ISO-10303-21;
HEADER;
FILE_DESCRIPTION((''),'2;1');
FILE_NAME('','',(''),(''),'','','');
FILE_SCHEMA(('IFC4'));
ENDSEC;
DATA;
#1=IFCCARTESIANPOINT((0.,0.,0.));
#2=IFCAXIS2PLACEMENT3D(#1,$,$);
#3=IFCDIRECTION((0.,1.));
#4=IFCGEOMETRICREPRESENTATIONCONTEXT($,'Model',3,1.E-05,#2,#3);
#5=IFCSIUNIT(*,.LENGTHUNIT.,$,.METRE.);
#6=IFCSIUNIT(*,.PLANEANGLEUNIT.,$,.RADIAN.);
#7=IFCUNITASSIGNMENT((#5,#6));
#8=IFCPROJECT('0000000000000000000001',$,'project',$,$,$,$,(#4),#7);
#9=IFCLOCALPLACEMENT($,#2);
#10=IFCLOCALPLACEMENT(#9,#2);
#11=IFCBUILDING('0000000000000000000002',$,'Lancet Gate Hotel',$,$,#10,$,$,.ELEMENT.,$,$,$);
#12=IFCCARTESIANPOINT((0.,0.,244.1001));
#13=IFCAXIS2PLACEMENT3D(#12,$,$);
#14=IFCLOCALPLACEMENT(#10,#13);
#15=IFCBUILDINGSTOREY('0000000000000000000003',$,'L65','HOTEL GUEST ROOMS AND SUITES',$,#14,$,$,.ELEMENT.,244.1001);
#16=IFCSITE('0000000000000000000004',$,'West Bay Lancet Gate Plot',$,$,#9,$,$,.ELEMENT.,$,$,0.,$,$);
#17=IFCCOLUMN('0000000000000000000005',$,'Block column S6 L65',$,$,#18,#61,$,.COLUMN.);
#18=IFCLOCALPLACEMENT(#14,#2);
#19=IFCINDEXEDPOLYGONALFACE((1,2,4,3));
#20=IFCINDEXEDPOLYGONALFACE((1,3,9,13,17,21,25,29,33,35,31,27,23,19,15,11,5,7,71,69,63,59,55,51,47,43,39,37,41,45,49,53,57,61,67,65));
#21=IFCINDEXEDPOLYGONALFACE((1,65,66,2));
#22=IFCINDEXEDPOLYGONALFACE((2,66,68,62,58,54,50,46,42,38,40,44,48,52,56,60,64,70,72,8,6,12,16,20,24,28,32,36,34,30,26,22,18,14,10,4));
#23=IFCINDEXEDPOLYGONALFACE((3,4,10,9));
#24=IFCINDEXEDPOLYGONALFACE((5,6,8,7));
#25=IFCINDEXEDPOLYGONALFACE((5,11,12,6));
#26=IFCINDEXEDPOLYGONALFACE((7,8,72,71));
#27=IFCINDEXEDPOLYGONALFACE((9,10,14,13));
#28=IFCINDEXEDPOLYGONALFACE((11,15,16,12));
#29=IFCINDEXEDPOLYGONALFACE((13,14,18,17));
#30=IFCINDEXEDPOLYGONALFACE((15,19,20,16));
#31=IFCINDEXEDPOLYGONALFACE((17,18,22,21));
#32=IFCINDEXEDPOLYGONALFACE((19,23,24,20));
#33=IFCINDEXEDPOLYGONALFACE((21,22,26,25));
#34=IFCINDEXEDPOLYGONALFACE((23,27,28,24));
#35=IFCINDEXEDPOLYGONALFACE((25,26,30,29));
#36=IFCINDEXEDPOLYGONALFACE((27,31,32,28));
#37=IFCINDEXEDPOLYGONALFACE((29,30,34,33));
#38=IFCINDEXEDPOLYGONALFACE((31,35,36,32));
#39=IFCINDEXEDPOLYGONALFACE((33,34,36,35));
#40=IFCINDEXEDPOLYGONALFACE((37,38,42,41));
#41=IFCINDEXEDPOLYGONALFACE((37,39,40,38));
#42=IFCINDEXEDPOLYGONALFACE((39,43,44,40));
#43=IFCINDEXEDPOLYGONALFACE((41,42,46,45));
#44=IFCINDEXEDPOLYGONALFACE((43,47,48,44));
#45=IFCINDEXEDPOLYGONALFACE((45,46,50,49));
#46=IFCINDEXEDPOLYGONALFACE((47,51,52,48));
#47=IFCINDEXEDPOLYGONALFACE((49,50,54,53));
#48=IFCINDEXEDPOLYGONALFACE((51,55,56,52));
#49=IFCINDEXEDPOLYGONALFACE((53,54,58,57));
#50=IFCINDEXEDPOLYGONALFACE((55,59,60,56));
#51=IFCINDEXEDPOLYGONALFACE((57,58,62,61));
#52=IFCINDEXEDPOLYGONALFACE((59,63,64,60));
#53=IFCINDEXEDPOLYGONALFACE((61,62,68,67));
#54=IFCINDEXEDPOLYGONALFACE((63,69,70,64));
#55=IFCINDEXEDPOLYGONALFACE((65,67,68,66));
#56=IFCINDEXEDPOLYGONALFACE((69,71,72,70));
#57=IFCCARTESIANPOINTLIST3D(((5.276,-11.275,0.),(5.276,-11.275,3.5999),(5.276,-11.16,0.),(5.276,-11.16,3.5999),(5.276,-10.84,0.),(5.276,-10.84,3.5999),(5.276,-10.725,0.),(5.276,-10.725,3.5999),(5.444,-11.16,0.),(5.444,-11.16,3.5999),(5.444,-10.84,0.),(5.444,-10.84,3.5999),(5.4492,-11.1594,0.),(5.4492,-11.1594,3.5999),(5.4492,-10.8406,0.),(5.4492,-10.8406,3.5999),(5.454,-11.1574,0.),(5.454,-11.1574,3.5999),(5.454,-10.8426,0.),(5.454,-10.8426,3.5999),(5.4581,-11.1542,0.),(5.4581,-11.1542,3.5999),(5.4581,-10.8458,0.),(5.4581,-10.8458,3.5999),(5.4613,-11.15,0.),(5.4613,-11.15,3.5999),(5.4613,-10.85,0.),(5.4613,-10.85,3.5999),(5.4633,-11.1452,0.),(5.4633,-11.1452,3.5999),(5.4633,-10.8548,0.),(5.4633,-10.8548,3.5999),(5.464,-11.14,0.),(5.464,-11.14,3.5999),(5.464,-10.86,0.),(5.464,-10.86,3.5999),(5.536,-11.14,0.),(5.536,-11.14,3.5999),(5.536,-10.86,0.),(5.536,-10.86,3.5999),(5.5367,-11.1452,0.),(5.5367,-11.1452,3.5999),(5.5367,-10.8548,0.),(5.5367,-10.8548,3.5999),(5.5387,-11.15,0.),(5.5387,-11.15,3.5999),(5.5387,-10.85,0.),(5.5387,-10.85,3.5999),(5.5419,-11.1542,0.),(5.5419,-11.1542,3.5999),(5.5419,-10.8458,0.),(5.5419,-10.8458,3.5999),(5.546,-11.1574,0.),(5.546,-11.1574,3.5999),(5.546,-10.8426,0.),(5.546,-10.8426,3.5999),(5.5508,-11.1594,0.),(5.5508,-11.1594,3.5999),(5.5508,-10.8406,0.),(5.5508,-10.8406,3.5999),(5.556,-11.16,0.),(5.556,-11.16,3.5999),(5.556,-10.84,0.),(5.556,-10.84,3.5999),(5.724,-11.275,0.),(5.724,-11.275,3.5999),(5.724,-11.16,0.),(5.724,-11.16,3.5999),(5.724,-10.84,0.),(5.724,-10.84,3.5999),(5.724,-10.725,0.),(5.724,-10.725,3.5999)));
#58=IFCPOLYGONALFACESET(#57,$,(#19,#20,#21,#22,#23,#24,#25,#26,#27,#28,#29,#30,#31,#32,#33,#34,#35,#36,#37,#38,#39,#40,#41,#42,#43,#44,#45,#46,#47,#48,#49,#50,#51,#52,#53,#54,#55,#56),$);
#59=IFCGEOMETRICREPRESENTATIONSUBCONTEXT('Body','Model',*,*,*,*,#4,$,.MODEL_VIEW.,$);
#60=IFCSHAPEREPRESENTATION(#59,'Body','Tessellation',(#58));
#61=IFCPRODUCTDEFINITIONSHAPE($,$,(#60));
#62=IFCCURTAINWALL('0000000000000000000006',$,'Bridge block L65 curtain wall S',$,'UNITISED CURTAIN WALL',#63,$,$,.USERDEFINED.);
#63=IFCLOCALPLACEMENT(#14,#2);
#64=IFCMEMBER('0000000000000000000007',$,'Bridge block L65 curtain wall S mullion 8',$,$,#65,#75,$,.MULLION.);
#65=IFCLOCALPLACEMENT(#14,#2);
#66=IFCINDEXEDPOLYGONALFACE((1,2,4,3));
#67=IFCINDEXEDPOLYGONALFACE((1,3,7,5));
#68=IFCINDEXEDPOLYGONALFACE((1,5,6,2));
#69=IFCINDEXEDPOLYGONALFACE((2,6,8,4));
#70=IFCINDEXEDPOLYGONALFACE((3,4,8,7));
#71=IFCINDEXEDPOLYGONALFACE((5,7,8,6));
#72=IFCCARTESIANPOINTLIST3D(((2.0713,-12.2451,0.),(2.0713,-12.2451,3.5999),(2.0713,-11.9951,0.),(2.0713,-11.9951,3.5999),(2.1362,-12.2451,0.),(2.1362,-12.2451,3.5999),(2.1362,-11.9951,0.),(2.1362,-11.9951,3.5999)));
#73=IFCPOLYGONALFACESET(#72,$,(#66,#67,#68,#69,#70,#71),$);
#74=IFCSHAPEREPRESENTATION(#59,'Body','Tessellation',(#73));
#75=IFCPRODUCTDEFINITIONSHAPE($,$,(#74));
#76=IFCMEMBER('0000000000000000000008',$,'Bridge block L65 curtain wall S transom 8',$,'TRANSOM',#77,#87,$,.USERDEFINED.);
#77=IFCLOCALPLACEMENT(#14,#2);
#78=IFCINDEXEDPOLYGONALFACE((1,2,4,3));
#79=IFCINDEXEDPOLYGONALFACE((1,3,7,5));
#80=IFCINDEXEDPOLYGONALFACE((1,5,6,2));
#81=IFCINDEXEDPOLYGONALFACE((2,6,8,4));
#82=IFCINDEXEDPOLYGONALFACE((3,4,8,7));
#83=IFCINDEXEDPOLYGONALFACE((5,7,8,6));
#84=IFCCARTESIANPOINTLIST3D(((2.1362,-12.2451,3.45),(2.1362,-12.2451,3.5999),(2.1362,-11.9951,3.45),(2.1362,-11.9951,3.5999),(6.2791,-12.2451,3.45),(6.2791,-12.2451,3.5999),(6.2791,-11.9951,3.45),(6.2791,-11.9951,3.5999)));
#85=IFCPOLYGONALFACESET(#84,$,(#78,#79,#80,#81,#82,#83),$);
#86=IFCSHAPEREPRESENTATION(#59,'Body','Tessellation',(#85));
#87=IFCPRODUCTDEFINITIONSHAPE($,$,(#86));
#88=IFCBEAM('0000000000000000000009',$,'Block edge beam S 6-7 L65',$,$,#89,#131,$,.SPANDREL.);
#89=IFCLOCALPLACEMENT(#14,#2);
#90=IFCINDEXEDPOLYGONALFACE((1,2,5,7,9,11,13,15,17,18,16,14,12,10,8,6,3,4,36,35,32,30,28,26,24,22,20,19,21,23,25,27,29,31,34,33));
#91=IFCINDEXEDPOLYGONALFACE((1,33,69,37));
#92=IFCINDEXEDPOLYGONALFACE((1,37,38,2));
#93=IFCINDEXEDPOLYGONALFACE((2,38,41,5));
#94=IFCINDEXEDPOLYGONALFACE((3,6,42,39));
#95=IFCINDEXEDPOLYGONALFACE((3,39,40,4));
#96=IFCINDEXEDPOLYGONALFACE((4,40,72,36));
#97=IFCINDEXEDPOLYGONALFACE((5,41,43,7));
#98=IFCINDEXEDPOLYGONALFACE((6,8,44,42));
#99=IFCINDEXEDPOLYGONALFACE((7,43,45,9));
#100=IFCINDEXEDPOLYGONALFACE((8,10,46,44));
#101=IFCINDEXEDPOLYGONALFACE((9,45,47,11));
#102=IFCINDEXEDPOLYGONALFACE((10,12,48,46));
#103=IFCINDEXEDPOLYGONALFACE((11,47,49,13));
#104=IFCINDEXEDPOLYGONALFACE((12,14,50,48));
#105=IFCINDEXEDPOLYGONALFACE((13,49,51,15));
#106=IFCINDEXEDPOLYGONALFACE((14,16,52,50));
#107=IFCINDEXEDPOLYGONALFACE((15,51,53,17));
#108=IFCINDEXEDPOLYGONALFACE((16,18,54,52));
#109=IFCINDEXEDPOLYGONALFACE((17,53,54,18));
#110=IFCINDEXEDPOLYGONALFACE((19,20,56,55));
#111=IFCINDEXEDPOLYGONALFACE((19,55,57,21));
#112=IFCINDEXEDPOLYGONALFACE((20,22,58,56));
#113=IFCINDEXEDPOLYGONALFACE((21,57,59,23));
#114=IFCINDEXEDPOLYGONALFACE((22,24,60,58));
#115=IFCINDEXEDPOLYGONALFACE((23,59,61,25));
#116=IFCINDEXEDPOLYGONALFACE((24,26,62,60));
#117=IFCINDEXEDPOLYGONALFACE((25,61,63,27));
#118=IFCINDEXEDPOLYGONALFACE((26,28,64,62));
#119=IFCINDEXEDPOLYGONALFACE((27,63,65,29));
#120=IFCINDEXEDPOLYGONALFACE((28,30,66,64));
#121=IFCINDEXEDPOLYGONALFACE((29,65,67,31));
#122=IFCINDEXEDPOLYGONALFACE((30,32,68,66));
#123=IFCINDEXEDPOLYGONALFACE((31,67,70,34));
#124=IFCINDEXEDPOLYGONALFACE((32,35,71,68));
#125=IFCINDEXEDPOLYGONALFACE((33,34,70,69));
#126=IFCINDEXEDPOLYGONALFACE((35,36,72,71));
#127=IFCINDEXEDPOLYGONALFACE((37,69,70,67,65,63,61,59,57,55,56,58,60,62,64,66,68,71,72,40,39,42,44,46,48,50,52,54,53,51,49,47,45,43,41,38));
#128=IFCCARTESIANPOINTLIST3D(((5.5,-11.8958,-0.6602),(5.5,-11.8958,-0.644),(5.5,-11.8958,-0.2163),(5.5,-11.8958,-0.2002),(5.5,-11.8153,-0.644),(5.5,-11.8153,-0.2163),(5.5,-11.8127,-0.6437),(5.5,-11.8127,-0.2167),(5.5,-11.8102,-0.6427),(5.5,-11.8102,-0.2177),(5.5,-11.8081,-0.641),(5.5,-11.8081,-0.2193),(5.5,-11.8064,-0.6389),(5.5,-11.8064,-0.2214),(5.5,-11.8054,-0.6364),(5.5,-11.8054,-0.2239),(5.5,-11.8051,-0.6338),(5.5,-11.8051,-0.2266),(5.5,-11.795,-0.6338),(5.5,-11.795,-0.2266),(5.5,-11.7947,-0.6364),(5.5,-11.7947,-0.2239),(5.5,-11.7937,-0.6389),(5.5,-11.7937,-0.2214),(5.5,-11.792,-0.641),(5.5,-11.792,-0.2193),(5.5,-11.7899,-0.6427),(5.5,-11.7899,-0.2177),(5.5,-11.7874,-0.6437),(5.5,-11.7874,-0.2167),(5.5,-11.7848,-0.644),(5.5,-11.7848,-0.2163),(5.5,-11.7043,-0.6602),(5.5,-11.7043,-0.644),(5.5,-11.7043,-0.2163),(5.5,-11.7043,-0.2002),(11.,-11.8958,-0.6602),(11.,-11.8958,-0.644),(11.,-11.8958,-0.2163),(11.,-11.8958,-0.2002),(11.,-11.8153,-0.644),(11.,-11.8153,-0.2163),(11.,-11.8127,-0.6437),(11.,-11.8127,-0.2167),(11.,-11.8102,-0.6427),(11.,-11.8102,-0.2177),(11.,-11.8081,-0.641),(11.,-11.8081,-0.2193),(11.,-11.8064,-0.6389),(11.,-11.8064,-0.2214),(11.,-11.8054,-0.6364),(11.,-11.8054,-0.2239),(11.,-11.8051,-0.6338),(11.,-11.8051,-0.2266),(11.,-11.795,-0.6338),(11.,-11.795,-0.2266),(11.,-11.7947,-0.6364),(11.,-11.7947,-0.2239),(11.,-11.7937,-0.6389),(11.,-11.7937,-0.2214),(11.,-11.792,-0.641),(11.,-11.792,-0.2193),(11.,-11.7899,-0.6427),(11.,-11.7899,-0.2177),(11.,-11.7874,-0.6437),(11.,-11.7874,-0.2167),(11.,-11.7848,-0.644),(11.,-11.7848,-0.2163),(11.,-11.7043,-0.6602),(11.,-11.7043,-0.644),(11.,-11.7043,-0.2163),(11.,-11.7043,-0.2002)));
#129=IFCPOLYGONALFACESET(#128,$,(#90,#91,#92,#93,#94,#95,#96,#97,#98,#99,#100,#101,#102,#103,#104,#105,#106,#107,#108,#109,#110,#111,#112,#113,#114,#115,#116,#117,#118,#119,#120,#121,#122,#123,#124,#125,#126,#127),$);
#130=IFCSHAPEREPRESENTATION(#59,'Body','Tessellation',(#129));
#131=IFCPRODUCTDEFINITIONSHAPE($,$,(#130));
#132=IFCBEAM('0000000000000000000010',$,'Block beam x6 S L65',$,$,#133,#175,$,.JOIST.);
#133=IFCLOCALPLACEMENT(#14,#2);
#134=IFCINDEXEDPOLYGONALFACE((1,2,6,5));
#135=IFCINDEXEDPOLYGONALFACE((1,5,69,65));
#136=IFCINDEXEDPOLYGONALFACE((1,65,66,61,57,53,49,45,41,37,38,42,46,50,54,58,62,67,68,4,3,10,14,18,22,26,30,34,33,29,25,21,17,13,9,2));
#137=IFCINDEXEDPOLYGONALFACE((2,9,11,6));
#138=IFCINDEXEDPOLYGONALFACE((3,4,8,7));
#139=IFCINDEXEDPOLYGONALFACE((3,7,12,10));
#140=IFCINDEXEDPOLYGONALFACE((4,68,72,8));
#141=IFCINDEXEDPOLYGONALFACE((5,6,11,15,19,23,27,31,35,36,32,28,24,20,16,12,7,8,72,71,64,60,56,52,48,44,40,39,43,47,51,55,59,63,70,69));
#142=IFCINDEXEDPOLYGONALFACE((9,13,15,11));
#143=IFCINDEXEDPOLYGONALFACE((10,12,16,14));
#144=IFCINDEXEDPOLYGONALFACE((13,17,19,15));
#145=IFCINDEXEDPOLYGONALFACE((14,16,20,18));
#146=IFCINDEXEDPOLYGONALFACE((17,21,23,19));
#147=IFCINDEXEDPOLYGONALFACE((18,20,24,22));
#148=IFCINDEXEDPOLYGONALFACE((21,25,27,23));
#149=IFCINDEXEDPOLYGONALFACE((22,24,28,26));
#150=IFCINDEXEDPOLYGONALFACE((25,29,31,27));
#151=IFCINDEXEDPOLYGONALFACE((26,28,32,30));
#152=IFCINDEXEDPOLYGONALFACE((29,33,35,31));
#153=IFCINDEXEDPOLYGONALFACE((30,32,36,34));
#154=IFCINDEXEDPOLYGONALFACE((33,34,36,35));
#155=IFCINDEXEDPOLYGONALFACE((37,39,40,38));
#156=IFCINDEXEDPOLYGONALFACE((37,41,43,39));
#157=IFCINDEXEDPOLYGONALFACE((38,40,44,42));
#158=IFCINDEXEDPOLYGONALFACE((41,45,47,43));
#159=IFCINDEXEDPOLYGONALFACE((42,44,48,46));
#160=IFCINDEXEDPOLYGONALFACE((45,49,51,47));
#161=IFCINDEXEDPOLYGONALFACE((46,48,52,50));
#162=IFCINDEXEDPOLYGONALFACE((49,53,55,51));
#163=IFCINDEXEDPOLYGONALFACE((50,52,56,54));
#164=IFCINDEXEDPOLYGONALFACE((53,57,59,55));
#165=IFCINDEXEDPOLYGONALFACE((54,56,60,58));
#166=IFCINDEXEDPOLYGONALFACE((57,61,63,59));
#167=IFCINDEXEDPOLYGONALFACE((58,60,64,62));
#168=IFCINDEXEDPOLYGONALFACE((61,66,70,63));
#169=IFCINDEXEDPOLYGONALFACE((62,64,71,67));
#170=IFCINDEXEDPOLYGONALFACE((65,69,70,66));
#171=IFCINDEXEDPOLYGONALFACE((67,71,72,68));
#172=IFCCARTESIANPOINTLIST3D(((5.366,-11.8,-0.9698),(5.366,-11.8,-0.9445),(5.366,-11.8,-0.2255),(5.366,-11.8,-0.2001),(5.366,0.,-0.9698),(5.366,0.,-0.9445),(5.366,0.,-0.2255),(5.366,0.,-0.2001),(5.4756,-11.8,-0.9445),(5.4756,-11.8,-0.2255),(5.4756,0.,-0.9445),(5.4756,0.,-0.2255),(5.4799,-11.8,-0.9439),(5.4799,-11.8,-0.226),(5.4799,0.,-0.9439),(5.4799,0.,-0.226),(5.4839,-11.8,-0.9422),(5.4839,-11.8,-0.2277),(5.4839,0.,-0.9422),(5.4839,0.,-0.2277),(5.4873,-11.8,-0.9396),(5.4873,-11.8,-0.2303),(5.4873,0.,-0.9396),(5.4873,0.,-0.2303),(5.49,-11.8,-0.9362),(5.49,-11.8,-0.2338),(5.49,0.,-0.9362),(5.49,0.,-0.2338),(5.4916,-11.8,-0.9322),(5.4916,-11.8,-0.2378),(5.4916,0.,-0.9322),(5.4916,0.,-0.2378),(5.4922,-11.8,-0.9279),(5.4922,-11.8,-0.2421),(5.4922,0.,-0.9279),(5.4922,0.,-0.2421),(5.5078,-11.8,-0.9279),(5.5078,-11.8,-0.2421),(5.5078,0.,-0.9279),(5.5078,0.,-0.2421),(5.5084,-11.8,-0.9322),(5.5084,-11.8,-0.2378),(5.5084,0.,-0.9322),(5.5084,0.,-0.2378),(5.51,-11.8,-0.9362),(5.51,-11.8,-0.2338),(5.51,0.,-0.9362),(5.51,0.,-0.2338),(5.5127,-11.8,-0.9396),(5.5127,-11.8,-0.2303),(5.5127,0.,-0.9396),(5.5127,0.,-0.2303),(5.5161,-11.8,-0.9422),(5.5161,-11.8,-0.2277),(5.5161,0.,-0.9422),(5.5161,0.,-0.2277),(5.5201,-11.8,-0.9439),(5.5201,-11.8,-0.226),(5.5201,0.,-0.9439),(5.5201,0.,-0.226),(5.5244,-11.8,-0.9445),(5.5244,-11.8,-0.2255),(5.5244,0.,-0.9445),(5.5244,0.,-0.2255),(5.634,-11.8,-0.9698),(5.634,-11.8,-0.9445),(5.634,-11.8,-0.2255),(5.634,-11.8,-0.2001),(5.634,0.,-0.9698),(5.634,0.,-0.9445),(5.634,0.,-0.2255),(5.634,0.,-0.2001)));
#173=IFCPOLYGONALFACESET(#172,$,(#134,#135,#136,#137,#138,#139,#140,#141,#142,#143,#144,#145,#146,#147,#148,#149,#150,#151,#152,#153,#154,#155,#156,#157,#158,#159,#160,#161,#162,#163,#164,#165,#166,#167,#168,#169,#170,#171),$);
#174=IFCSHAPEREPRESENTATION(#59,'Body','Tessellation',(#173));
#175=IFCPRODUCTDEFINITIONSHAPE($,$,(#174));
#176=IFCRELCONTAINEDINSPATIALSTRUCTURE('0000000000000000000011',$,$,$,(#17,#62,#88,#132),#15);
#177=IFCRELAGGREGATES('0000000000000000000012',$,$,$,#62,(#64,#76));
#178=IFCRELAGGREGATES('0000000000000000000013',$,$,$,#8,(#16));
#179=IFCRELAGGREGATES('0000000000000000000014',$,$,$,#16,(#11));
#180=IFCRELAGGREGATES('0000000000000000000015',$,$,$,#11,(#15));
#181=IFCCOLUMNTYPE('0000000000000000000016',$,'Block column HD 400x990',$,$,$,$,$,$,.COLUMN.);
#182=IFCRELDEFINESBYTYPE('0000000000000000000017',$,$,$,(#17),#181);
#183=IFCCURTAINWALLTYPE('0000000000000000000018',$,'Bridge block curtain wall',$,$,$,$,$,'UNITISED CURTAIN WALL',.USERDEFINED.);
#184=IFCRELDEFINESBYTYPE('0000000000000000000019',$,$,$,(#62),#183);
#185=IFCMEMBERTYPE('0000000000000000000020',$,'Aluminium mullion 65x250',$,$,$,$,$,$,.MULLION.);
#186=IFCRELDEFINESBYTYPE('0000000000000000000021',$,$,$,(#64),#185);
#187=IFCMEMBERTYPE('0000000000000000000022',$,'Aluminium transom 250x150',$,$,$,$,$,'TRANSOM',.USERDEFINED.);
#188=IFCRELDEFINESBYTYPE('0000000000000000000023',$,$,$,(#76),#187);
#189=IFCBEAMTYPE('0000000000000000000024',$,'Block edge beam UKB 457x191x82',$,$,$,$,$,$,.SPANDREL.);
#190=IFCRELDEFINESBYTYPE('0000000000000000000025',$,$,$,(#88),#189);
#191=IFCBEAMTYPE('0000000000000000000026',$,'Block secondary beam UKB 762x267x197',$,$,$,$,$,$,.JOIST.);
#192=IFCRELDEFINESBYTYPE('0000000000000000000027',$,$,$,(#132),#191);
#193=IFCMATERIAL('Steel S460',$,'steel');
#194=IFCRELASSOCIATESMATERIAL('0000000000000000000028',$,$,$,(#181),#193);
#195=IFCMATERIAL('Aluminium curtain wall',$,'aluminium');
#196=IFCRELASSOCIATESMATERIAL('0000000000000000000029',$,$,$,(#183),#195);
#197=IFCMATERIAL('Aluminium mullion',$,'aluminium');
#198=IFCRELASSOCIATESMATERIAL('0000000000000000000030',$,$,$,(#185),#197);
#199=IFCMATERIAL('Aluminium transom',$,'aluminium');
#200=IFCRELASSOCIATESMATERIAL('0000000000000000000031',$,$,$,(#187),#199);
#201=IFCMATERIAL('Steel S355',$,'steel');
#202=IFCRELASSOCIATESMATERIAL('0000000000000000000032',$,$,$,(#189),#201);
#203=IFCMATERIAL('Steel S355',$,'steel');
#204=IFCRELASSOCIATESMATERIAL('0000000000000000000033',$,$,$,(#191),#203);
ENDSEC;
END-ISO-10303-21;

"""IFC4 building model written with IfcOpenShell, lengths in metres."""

from ifc_helpers import new_model, si_unit, direction, frame, origin, origin_2d, place, context, subcontext, project, spatial, rectangle, i_section, extrude, material, material_profile, profile_set, type_object, element, aggregate, save


model = new_model("IFC4")

# Units and contexts
model_context = context("Model", 3, precision=1e-05, world=origin(), true_north=direction((0.0, 1.0)))
body_context = subcontext(model_context, "Body", "Model", "MODEL_VIEW")
ifc_project = project(units=[si_unit("LENGTHUNIT", "METRE"), si_unit("PLANEANGLEUNIT", "RADIAN")], contexts=[model_context])

# Site, building, storey
site_placement = place(None, origin())
site = spatial("IfcSite", under=ifc_project, at=site_placement, Name="West Bay Lancet Gate Plot", CompositionType="ELEMENT", RefElevation=0.0)
building_placement = place(site_placement, origin())
building = spatial("IfcBuilding", under=site, at=building_placement, Name="Lancet Gate Hotel", CompositionType="ELEMENT")
storey_placement = place(building_placement, frame((0.0, 0.0, 244.1001)))
storey = spatial("IfcBuildingStorey", under=building, at=storey_placement, Name="L65", Description="HOTEL GUEST ROOMS AND SUITES", CompositionType="ELEMENT", Elevation=244.1001)

# Column
ifc_material_1 = material(Name="Steel S460", Category="steel")
ifc_material_profile_1 = material_profile(ifc_material_1, i_section(OverallWidth=0.448, OverallDepth=0.55, WebThickness=0.072, FlangeThickness=0.115, FilletRadius=0.02, at=origin_2d()), Name="HD 400x990")
ifc_profile_set_1 = profile_set([ifc_material_profile_1], Name="Steel S460")
column_type = type_object("IfcColumnType", Name="Block column HD 400x990", PredefinedType="COLUMN", material=ifc_profile_set_1)
column_placement = place(storey_placement, frame((5.5, -11.0, 0.0), z_axis=(0.0, 0.0, 1.0), x_axis=(1.0, 0.0, 0.0)))
element("IfcColumn", 1, at=column_placement, inside=storey, type_object=column_type, Name="Block column S6 L65", PredefinedType="COLUMN", context=body_context, shape_type="SweptSolid", body=[
    extrude(i_section(OverallWidth=0.448, OverallDepth=0.55, WebThickness=0.072, FlangeThickness=0.115, FilletRadius=0.02, at=origin_2d()), origin(), (0.0, 0.0, 1.0), 3.5999),
])

# Curtain wall, members
ifc_material_2 = material(Name="Aluminium curtain wall", Category="aluminium")
curtain_wall_type = type_object("IfcCurtainWallType", Name="Bridge block curtain wall", ElementType="UNITISED CURTAIN WALL", PredefinedType="USERDEFINED", material=ifc_material_2)
curtain_wall_placement = place(storey_placement, origin())
curtain_wall = element("IfcCurtainWall", 2, at=curtain_wall_placement, inside=storey, type_object=curtain_wall_type, Name="Bridge block L65 curtain wall S", ObjectType="UNITISED CURTAIN WALL", PredefinedType="USERDEFINED")
ifc_material_3 = material(Name="Aluminium mullion", Category="aluminium")
ifc_material_profile_2 = material_profile(ifc_material_3, rectangle(XDim=0.0649, YDim=0.25, at=origin_2d()), Name="MULLION 65x250")
ifc_profile_set_2 = profile_set([ifc_material_profile_2], Name="Aluminium mullion")
member_type_1 = type_object("IfcMemberType", Name="Aluminium mullion 65x250", PredefinedType="MULLION", material=ifc_profile_set_2)
member_1_placement = place(storey_placement, frame((2.1038, -12.1201, 0.0), z_axis=(0.0, 0.0, 1.0), x_axis=(1.0, 0.0, 0.0)))
member_1 = element("IfcMember", 3, at=member_1_placement, type_object=member_type_1, Name="Bridge block L65 curtain wall S mullion 8", PredefinedType="MULLION", context=body_context, shape_type="SweptSolid", body=[
    extrude(rectangle(XDim=0.0649, YDim=0.25, at=origin_2d()), origin(), (0.0, 0.0, 1.0), 3.5999),
])
ifc_material_4 = material(Name="Aluminium transom", Category="aluminium")
ifc_material_profile_3 = material_profile(ifc_material_4, rectangle(XDim=0.25, YDim=0.1499, at=origin_2d()), Name="TRANSOM 250x150")
ifc_profile_set_3 = profile_set([ifc_material_profile_3], Name="Aluminium transom")
member_type_2 = type_object("IfcMemberType", Name="Aluminium transom 250x150", ElementType="TRANSOM", PredefinedType="USERDEFINED", material=ifc_profile_set_3)
member_2_placement = place(storey_placement, frame((2.1362, -12.1201, 3.5249), z_axis=(1.0, 0.0, 0.0), x_axis=(0.0, 1.0, 0.0)))
member_2 = element("IfcMember", 4, at=member_2_placement, type_object=member_type_2, Name="Bridge block L65 curtain wall S transom 8", ObjectType="TRANSOM", PredefinedType="USERDEFINED", context=body_context, shape_type="SweptSolid", body=[
    extrude(rectangle(XDim=0.25, YDim=0.1499, at=origin_2d()), origin(), (0.0, 0.0, 1.0), 4.1428),
])

# Beams
ifc_material_5 = material(Name="Steel S355", Category="steel")
ifc_material_profile_4 = material_profile(ifc_material_5, i_section(OverallWidth=0.1914, OverallDepth=0.46, WebThickness=0.01, FlangeThickness=0.0161, FilletRadius=0.0103, at=origin_2d()), Name="UKB 457x191x82")
ifc_profile_set_4 = profile_set([ifc_material_profile_4], Name="Steel S355")
beam_type_1 = type_object("IfcBeamType", Name="Block edge beam UKB 457x191x82", PredefinedType="SPANDREL", material=ifc_profile_set_4)
beam_1_placement = place(storey_placement, frame((5.5, -11.8, -0.4302), z_axis=(1.0, 0.0, 0.0), x_axis=(0.0, 1.0, 0.0)))
element("IfcBeam", 5, at=beam_1_placement, inside=storey, type_object=beam_type_1, Name="Block edge beam S 6-7 L65", PredefinedType="SPANDREL", context=body_context, shape_type="SweptSolid", body=[
    extrude(i_section(OverallWidth=0.1914, OverallDepth=0.46, WebThickness=0.01, FlangeThickness=0.0161, FilletRadius=0.0103, at=origin_2d()), origin(), (0.0, 0.0, 1.0), 5.5),
])
ifc_material_6 = material(Name="Steel S355", Category="steel")
ifc_material_profile_5 = material_profile(ifc_material_6, i_section(OverallWidth=0.2681, OverallDepth=0.7698, WebThickness=0.0156, FlangeThickness=0.0254, FilletRadius=0.0166, at=origin_2d()), Name="UKB 762x267x197")
ifc_profile_set_5 = profile_set([ifc_material_profile_5], Name="Steel S355")
beam_type_2 = type_object("IfcBeamType", Name="Block secondary beam UKB 762x267x197", PredefinedType="JOIST", material=ifc_profile_set_5)
beam_2_placement = place(storey_placement, frame((5.5, -11.8, -0.585), z_axis=(0.0, 1.0, 0.0), x_axis=(-1.0, 0.0, 0.0)))
element("IfcBeam", 6, at=beam_2_placement, inside=storey, type_object=beam_type_2, Name="Block beam x6 S L65", PredefinedType="JOIST", context=body_context, shape_type="SweptSolid", body=[
    extrude(i_section(OverallWidth=0.2681, OverallDepth=0.7698, WebThickness=0.0156, FlangeThickness=0.0254, FilletRadius=0.0166, at=origin_2d()), origin(), (0.0, 0.0, 1.0), 11.8),
])

aggregate(curtain_wall, [member_1, member_2])

save(model, "model.ifc")
